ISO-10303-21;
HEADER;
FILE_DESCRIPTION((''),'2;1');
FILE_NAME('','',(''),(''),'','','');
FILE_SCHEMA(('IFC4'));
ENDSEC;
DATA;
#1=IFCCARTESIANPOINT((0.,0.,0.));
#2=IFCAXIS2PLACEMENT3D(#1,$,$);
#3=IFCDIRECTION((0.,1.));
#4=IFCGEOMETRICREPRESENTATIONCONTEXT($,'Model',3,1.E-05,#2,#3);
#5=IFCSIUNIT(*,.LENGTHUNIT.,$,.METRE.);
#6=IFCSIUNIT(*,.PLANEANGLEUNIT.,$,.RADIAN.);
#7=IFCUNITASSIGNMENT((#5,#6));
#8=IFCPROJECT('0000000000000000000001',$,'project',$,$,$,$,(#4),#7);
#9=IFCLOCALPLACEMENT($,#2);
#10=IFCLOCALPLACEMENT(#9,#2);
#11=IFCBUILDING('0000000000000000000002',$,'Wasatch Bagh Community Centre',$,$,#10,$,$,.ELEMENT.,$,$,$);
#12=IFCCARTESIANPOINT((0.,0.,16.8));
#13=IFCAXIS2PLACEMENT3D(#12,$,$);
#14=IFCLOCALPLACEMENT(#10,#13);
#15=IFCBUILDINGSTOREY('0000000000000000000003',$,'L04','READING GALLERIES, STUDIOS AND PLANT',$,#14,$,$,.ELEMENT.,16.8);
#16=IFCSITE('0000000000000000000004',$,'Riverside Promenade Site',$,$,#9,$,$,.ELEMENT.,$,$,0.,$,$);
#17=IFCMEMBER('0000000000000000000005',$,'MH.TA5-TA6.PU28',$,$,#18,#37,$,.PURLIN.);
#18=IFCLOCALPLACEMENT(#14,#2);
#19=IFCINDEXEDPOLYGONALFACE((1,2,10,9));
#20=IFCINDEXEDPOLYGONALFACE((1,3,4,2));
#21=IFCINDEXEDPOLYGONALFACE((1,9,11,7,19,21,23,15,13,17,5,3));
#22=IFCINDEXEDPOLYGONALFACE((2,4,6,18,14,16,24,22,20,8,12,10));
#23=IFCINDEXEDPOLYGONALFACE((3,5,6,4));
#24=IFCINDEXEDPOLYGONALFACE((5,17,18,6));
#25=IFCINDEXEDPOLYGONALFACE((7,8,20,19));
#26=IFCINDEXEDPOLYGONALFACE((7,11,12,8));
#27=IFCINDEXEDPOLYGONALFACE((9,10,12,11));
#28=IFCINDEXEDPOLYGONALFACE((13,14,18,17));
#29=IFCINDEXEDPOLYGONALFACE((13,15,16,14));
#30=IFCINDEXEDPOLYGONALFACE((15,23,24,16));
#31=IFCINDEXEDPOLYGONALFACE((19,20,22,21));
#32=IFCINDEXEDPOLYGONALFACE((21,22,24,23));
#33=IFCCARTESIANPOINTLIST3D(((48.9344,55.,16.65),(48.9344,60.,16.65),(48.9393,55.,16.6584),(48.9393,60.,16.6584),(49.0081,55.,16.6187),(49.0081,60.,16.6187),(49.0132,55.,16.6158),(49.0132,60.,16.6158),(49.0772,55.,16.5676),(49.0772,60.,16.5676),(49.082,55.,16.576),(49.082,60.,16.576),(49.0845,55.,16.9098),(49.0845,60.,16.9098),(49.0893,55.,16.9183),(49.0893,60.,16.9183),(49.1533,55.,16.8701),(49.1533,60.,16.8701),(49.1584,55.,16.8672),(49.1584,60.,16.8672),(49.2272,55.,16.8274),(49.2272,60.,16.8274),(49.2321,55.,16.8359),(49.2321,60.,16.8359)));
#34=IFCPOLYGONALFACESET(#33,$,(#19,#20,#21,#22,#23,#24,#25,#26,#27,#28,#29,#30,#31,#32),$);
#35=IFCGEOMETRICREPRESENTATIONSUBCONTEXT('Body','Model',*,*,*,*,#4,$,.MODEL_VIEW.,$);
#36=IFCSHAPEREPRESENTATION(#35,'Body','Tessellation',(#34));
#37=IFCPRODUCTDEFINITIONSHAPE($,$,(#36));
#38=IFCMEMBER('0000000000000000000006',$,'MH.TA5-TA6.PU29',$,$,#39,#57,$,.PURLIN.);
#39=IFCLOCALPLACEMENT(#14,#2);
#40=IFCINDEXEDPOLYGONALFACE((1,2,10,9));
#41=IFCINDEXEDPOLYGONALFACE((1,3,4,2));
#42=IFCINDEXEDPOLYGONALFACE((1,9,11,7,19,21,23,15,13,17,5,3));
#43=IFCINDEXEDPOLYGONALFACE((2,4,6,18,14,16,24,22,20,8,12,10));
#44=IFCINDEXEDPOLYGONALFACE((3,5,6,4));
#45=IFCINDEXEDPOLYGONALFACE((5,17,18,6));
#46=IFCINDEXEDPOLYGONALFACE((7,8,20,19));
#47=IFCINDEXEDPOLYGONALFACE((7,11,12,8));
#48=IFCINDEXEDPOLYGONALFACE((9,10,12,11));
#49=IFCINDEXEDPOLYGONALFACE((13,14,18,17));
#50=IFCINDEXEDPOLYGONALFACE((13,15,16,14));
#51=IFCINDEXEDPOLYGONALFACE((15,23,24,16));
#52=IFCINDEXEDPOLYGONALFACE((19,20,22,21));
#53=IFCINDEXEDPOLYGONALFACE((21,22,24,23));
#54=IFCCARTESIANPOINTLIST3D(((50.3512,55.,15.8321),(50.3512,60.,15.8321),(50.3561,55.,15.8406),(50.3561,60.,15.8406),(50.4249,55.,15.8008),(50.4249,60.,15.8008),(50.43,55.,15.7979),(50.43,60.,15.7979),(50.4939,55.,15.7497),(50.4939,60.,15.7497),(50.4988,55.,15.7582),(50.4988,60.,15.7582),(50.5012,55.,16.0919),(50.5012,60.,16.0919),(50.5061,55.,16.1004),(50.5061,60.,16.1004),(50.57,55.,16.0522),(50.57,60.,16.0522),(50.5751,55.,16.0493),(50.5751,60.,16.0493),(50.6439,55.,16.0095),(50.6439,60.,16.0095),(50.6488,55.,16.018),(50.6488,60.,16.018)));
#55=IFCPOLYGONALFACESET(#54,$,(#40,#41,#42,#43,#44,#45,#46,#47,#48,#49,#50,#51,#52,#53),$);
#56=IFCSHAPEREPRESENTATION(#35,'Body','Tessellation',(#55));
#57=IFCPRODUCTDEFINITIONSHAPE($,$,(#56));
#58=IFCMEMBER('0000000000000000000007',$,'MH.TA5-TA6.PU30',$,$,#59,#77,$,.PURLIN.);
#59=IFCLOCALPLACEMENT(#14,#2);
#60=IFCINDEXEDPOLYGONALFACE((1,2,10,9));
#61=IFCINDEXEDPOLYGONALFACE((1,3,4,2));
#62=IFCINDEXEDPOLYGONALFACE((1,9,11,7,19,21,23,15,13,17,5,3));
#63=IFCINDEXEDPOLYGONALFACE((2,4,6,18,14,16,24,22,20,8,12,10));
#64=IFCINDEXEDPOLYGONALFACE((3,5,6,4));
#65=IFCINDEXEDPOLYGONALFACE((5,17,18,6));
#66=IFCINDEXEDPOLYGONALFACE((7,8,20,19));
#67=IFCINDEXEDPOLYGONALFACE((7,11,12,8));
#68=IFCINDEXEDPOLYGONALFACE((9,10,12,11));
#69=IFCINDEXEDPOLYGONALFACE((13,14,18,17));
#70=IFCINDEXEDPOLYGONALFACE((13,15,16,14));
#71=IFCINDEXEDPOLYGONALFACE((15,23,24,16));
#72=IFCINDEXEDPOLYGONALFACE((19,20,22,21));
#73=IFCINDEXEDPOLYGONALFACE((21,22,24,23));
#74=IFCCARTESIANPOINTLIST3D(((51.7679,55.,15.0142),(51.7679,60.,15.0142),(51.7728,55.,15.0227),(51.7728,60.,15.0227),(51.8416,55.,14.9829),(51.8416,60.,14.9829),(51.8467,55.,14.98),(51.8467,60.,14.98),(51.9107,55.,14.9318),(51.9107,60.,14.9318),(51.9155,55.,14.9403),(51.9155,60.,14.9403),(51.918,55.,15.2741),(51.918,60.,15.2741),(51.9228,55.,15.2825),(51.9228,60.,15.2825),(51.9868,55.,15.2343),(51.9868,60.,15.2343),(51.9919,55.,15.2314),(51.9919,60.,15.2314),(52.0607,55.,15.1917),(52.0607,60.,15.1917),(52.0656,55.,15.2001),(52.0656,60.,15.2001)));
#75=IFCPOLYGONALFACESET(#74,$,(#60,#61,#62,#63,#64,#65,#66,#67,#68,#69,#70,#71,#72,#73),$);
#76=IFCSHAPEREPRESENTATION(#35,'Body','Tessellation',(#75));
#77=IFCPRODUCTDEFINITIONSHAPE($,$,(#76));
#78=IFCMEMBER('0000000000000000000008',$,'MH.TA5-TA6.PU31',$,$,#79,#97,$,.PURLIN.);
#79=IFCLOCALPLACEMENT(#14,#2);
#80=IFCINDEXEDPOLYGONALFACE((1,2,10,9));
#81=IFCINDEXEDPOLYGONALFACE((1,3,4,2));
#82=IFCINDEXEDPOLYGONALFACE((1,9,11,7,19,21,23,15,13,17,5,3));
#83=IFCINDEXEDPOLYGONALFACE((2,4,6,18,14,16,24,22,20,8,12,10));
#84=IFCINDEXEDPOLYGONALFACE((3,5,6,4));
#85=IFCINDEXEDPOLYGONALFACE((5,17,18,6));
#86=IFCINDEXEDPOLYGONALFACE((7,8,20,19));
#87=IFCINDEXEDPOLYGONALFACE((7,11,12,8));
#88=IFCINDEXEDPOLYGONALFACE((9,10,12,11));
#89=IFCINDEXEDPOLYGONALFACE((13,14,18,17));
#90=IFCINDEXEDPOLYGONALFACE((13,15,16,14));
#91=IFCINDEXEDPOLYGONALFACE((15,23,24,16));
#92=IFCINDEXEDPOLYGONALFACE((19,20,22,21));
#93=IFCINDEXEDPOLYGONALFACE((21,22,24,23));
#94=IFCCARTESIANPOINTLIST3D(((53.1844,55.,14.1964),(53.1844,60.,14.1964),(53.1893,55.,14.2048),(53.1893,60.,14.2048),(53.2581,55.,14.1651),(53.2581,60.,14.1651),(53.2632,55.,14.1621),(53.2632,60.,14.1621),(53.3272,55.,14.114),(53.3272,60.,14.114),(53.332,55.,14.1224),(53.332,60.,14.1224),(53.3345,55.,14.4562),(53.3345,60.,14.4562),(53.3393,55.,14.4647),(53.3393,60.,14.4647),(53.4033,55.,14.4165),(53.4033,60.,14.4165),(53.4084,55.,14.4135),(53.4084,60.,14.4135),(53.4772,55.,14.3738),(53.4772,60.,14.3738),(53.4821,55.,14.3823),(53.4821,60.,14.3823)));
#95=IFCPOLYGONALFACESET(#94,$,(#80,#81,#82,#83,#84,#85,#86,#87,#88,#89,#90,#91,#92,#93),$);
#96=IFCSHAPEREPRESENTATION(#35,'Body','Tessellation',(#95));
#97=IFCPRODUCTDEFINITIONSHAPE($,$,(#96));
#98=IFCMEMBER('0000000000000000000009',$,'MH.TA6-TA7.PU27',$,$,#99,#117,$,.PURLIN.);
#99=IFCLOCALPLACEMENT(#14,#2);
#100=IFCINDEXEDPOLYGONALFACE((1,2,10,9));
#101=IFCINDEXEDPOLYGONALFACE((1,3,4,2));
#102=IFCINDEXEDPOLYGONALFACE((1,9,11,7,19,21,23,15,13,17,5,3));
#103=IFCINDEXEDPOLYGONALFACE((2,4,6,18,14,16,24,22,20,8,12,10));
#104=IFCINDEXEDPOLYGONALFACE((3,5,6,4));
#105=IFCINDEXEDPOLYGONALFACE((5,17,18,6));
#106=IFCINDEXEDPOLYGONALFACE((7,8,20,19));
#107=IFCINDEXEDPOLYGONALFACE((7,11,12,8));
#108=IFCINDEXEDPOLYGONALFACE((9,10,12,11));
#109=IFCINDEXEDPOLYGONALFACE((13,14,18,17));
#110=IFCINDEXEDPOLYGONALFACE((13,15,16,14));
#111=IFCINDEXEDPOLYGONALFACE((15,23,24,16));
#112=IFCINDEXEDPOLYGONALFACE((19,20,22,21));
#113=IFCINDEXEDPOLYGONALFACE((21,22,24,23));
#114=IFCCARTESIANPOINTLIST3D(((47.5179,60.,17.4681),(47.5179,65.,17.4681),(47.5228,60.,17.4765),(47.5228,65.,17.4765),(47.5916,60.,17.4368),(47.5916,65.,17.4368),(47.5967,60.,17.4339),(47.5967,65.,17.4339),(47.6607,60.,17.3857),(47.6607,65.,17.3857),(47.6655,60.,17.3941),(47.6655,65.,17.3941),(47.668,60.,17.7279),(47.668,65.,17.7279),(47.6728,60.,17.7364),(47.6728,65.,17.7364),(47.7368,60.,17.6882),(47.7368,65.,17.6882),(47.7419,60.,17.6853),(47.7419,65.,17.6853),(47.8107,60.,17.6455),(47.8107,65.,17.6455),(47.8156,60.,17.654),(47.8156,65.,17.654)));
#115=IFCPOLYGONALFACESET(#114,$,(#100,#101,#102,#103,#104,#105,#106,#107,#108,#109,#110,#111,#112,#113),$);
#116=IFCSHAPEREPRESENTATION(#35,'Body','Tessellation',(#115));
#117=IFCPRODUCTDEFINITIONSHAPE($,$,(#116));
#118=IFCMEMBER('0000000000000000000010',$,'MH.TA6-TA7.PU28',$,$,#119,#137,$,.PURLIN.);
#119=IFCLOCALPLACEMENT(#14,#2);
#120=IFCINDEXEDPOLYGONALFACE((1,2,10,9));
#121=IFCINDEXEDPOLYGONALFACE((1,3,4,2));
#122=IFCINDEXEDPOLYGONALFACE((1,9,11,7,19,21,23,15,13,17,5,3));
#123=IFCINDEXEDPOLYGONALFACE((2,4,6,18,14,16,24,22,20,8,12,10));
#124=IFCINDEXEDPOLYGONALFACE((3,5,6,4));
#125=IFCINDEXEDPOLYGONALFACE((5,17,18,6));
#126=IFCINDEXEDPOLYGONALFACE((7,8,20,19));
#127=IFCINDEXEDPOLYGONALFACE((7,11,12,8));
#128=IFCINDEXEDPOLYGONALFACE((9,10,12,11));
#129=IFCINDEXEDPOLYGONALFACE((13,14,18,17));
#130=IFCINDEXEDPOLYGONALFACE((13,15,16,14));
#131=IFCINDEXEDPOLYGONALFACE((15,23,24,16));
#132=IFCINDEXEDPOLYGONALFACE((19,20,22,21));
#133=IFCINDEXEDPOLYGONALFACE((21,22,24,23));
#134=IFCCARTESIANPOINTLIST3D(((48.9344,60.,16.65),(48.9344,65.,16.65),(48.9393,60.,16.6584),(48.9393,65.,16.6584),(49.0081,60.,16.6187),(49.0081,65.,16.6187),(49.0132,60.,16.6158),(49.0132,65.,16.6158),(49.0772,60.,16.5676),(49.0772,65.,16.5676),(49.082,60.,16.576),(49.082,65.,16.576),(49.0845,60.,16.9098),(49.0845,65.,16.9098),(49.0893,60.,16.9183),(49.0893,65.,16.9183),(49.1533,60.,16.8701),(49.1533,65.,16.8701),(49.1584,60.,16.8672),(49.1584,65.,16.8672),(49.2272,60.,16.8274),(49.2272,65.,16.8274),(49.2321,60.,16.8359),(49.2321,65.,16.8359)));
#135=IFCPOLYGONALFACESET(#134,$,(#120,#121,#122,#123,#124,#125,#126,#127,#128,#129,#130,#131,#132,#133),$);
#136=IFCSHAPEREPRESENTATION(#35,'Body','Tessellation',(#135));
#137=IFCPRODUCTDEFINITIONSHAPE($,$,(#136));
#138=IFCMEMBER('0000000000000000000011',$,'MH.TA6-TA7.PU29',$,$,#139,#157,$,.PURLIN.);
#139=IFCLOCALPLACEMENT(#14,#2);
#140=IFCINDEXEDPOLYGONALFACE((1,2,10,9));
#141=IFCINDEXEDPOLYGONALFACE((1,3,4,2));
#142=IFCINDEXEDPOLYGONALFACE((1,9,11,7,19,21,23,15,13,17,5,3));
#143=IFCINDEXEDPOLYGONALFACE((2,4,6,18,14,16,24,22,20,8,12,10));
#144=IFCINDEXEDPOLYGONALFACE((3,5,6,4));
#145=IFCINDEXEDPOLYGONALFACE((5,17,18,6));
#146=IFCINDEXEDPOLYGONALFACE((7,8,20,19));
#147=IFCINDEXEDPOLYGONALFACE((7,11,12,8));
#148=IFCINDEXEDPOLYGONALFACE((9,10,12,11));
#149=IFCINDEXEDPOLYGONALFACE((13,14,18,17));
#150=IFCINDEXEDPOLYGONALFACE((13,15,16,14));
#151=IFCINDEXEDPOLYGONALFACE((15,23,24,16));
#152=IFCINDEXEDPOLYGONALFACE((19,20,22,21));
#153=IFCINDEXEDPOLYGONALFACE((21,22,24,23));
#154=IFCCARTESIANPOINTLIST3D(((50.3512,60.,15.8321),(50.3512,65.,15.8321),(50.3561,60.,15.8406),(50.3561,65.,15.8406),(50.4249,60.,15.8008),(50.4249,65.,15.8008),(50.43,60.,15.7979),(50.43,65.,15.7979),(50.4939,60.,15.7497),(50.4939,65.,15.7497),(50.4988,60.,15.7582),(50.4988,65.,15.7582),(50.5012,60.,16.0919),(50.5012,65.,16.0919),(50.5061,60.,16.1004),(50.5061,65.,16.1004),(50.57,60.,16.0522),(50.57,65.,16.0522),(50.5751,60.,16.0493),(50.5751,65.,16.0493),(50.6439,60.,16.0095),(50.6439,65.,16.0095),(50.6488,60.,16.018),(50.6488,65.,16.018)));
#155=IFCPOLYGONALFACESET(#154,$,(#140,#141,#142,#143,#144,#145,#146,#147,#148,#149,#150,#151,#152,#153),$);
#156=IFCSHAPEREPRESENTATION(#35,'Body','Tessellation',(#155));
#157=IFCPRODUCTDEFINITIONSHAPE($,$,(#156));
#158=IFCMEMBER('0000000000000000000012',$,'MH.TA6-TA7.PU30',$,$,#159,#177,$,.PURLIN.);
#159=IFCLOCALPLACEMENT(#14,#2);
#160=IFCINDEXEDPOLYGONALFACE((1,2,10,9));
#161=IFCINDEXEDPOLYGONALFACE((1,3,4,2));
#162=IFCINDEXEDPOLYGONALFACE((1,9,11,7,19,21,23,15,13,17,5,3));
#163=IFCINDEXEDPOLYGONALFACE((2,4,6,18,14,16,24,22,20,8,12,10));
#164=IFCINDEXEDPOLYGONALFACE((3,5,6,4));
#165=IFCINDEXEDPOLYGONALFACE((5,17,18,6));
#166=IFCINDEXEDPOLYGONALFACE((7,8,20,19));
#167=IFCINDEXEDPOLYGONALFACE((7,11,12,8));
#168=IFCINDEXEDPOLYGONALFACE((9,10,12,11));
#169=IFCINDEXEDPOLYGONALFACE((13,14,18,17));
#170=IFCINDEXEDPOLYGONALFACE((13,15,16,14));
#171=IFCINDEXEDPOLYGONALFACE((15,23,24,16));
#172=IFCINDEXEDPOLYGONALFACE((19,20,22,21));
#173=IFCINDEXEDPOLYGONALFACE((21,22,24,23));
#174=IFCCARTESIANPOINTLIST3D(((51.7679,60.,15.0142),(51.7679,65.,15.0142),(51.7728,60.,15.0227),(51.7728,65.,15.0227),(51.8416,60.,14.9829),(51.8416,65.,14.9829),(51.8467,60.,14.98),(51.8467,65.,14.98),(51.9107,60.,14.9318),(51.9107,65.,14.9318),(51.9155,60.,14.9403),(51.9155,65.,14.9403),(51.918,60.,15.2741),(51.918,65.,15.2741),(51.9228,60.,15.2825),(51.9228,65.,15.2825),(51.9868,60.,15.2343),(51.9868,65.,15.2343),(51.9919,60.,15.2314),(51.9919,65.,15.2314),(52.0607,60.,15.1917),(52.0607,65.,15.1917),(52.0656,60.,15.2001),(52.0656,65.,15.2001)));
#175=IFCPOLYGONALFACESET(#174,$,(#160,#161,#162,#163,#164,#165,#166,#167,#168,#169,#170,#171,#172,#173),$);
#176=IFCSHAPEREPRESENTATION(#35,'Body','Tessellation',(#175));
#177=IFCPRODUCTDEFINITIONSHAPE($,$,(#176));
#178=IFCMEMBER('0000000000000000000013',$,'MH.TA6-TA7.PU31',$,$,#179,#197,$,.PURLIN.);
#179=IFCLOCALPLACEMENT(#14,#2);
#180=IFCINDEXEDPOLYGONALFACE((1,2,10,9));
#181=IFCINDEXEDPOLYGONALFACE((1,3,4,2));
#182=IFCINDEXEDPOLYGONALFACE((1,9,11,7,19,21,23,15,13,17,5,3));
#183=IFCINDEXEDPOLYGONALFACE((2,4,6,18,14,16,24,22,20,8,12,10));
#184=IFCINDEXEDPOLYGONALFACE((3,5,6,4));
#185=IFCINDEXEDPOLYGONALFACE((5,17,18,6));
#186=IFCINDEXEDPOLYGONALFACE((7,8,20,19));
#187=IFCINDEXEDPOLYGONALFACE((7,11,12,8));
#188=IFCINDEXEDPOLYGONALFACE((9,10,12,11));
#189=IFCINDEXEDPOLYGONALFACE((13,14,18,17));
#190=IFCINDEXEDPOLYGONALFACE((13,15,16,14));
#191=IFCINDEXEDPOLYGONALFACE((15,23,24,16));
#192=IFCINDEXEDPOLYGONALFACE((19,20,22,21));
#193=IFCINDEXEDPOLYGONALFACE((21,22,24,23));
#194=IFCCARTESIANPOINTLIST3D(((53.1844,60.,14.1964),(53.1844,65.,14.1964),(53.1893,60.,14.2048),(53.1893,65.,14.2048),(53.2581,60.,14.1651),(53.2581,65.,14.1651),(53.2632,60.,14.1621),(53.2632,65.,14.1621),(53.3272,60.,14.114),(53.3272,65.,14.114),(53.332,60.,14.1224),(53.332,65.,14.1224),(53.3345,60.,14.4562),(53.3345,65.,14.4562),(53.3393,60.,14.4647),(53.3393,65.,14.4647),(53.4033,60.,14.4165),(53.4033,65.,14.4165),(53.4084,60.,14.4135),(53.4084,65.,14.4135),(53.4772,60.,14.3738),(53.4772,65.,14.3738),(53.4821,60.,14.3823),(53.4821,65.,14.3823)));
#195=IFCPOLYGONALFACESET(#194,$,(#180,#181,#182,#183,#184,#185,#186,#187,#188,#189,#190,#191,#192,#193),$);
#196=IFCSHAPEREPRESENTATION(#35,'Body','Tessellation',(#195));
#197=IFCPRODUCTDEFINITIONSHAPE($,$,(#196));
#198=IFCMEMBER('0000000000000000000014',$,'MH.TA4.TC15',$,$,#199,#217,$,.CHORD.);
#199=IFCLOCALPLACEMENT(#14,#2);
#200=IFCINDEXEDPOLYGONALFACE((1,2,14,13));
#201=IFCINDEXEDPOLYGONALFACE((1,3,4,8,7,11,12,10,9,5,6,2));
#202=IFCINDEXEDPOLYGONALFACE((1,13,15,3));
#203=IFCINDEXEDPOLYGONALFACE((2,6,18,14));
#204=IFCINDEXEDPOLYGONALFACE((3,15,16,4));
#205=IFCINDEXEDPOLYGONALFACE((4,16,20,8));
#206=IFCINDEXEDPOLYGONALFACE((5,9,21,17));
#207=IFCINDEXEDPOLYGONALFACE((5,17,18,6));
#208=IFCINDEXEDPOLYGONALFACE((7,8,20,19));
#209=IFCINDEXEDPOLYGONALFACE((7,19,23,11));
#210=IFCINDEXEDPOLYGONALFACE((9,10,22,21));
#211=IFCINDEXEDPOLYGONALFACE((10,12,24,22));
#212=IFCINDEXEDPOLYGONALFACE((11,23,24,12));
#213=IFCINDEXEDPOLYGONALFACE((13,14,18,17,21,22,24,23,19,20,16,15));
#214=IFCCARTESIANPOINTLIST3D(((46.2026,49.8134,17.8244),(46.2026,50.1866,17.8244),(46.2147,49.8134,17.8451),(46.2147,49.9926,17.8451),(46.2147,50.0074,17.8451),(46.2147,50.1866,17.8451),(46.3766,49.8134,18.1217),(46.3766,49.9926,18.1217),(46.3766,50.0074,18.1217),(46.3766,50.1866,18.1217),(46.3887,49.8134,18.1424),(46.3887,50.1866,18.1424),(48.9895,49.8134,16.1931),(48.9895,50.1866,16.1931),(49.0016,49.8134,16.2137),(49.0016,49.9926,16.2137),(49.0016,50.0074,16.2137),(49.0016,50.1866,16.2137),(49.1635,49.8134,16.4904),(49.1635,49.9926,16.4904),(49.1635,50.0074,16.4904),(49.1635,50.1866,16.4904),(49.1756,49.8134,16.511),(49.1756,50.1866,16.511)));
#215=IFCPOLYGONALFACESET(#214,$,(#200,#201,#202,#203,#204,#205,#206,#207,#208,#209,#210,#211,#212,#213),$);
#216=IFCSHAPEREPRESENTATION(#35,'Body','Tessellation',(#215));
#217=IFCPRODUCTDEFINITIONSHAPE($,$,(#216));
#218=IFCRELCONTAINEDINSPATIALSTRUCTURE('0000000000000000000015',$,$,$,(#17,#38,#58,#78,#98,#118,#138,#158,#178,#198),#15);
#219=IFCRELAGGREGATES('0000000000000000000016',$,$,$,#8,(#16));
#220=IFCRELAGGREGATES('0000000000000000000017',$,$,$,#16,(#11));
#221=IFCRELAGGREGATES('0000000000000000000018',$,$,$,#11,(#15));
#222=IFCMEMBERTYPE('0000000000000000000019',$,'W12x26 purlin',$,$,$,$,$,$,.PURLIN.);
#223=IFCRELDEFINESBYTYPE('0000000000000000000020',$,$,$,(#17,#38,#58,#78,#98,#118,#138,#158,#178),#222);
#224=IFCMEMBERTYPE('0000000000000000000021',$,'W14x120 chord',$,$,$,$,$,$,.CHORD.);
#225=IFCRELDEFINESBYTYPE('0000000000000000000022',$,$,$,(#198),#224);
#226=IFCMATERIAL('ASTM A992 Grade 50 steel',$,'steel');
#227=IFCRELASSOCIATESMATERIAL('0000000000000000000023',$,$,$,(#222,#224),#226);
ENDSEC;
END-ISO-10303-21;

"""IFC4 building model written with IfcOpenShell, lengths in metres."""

from ifc_helpers import new_model, si_unit, direction, frame, origin, origin_2d, place, context, subcontext, project, spatial, i_section, extrude, material, material_profile, profile_set, type_object, element, save


model = new_model("IFC4")

# Units and contexts
model_context = context("Model", 3, precision=1e-05, world=origin(), true_north=direction((0.0, 1.0)))
body_context = subcontext(model_context, "Body", "Model", "MODEL_VIEW")
ifc_project = project(units=[si_unit("LENGTHUNIT", "METRE"), si_unit("PLANEANGLEUNIT", "RADIAN")], contexts=[model_context])

# Site, building, storey
site_placement = place(None, origin())
site = spatial("IfcSite", under=ifc_project, at=site_placement, Name="Riverside Promenade Site", CompositionType="ELEMENT", RefElevation=0.0)
building_placement = place(site_placement, origin())
building = spatial("IfcBuilding", under=site, at=building_placement, Name="Wasatch Bagh Community Centre", CompositionType="ELEMENT")
storey_placement = place(building_placement, frame((0.0, 0.0, 16.8)))
storey = spatial("IfcBuildingStorey", under=building, at=storey_placement, Name="L04", Description="READING GALLERIES, STUDIOS AND PLANT", CompositionType="ELEMENT", Elevation=16.8)

# Members
ifc_material_1 = material(Name="ASTM A992 Grade 50 steel", Category="steel")
ifc_material_profile_1 = material_profile(ifc_material_1, i_section(OverallWidth=0.1648, OverallDepth=0.3098, WebThickness=0.0059, FlangeThickness=0.0098, at=origin_2d()), Name="W12x26")
ifc_profile_set_1 = profile_set([ifc_material_profile_1], Name="ASTM A992 Grade 50 steel")
member_type_1 = type_object("IfcMemberType", Name="W12x26 purlin", PredefinedType="PURLIN", material=ifc_profile_set_1)
for number, where, z_axis, x_axis, name in (
    (1, (49.0833, 55.0, 16.7429), (0.0, 1.0, 0.0), (-0.866025, 0.0, 0.5), "MH.TA5-TA6.PU28"),
    (2, (50.5, 55.0, 15.925), (0.0, 1.0, 0.0), (-0.866025, 0.0, 0.5), "MH.TA5-TA6.PU29"),
    (3, (51.9167, 55.0, 15.1072), (0.0, 1.0, 0.0), (-0.866025, 0.0, 0.5), "MH.TA5-TA6.PU30"),
    (4, (53.3333, 55.0, 14.2893), (0.0, 1.0, 0.0), (-0.866025, 0.0, 0.5), "MH.TA5-TA6.PU31"),
    (5, (47.6667, 60.0, 17.561), (0.0, 1.0, 0.0), (-0.866025, 0.0, 0.5), "MH.TA6-TA7.PU27"),
    (6, (49.0833, 60.0, 16.7429), (0.0, 1.0, 0.0), (-0.866025, 0.0, 0.5), "MH.TA6-TA7.PU28"),
    (7, (50.5, 60.0, 15.925), (0.0, 1.0, 0.0), (-0.866025, 0.0, 0.5), "MH.TA6-TA7.PU29"),
    (8, (51.9167, 60.0, 15.1072), (0.0, 1.0, 0.0), (-0.866025, 0.0, 0.5), "MH.TA6-TA7.PU30"),
    (9, (53.3333, 60.0, 14.2893), (0.0, 1.0, 0.0), (-0.866025, 0.0, 0.5), "MH.TA6-TA7.PU31"),
):
    element("IfcMember", number, at=place(storey_placement, frame(where, z_axis=z_axis, x_axis=x_axis)), inside=storey, type_object=member_type_1, Name=name, PredefinedType="PURLIN", context=body_context, shape_type="SweptSolid", body=[
        extrude(i_section(OverallWidth=0.1648, OverallDepth=0.3098, WebThickness=0.0059, FlangeThickness=0.0098, at=origin_2d()), origin(), (0.0, 0.0, 1.0), 5.0),
    ])
ifc_material_profile_2 = material_profile(ifc_material_1, i_section(OverallWidth=0.3733, OverallDepth=0.3684, WebThickness=0.0149, FlangeThickness=0.0239, at=origin_2d()), Name="W14x120")
ifc_profile_set_2 = profile_set([ifc_material_profile_2], Name="ASTM A992 Grade 50 steel")
member_type_2 = type_object("IfcMemberType", Name="W14x120 chord", PredefinedType="CHORD", material=ifc_profile_set_2)
member_1_placement = place(storey_placement, frame((46.2957, 50.0, 17.9834), z_axis=(0.863013, 0.0, -0.505182), x_axis=(0.0, 1.0, 0.0)))
element("IfcMember", 10, at=member_1_placement, inside=storey, type_object=member_type_2, Name="MH.TA4.TC15", PredefinedType="CHORD", context=body_context, shape_type="SweptSolid", body=[
    extrude(i_section(OverallWidth=0.3733, OverallDepth=0.3684, WebThickness=0.0149, FlangeThickness=0.0239, at=origin_2d()), origin(), (0.0, 0.0, 1.0), 3.2292),
])

save(model, "model.ifc")
